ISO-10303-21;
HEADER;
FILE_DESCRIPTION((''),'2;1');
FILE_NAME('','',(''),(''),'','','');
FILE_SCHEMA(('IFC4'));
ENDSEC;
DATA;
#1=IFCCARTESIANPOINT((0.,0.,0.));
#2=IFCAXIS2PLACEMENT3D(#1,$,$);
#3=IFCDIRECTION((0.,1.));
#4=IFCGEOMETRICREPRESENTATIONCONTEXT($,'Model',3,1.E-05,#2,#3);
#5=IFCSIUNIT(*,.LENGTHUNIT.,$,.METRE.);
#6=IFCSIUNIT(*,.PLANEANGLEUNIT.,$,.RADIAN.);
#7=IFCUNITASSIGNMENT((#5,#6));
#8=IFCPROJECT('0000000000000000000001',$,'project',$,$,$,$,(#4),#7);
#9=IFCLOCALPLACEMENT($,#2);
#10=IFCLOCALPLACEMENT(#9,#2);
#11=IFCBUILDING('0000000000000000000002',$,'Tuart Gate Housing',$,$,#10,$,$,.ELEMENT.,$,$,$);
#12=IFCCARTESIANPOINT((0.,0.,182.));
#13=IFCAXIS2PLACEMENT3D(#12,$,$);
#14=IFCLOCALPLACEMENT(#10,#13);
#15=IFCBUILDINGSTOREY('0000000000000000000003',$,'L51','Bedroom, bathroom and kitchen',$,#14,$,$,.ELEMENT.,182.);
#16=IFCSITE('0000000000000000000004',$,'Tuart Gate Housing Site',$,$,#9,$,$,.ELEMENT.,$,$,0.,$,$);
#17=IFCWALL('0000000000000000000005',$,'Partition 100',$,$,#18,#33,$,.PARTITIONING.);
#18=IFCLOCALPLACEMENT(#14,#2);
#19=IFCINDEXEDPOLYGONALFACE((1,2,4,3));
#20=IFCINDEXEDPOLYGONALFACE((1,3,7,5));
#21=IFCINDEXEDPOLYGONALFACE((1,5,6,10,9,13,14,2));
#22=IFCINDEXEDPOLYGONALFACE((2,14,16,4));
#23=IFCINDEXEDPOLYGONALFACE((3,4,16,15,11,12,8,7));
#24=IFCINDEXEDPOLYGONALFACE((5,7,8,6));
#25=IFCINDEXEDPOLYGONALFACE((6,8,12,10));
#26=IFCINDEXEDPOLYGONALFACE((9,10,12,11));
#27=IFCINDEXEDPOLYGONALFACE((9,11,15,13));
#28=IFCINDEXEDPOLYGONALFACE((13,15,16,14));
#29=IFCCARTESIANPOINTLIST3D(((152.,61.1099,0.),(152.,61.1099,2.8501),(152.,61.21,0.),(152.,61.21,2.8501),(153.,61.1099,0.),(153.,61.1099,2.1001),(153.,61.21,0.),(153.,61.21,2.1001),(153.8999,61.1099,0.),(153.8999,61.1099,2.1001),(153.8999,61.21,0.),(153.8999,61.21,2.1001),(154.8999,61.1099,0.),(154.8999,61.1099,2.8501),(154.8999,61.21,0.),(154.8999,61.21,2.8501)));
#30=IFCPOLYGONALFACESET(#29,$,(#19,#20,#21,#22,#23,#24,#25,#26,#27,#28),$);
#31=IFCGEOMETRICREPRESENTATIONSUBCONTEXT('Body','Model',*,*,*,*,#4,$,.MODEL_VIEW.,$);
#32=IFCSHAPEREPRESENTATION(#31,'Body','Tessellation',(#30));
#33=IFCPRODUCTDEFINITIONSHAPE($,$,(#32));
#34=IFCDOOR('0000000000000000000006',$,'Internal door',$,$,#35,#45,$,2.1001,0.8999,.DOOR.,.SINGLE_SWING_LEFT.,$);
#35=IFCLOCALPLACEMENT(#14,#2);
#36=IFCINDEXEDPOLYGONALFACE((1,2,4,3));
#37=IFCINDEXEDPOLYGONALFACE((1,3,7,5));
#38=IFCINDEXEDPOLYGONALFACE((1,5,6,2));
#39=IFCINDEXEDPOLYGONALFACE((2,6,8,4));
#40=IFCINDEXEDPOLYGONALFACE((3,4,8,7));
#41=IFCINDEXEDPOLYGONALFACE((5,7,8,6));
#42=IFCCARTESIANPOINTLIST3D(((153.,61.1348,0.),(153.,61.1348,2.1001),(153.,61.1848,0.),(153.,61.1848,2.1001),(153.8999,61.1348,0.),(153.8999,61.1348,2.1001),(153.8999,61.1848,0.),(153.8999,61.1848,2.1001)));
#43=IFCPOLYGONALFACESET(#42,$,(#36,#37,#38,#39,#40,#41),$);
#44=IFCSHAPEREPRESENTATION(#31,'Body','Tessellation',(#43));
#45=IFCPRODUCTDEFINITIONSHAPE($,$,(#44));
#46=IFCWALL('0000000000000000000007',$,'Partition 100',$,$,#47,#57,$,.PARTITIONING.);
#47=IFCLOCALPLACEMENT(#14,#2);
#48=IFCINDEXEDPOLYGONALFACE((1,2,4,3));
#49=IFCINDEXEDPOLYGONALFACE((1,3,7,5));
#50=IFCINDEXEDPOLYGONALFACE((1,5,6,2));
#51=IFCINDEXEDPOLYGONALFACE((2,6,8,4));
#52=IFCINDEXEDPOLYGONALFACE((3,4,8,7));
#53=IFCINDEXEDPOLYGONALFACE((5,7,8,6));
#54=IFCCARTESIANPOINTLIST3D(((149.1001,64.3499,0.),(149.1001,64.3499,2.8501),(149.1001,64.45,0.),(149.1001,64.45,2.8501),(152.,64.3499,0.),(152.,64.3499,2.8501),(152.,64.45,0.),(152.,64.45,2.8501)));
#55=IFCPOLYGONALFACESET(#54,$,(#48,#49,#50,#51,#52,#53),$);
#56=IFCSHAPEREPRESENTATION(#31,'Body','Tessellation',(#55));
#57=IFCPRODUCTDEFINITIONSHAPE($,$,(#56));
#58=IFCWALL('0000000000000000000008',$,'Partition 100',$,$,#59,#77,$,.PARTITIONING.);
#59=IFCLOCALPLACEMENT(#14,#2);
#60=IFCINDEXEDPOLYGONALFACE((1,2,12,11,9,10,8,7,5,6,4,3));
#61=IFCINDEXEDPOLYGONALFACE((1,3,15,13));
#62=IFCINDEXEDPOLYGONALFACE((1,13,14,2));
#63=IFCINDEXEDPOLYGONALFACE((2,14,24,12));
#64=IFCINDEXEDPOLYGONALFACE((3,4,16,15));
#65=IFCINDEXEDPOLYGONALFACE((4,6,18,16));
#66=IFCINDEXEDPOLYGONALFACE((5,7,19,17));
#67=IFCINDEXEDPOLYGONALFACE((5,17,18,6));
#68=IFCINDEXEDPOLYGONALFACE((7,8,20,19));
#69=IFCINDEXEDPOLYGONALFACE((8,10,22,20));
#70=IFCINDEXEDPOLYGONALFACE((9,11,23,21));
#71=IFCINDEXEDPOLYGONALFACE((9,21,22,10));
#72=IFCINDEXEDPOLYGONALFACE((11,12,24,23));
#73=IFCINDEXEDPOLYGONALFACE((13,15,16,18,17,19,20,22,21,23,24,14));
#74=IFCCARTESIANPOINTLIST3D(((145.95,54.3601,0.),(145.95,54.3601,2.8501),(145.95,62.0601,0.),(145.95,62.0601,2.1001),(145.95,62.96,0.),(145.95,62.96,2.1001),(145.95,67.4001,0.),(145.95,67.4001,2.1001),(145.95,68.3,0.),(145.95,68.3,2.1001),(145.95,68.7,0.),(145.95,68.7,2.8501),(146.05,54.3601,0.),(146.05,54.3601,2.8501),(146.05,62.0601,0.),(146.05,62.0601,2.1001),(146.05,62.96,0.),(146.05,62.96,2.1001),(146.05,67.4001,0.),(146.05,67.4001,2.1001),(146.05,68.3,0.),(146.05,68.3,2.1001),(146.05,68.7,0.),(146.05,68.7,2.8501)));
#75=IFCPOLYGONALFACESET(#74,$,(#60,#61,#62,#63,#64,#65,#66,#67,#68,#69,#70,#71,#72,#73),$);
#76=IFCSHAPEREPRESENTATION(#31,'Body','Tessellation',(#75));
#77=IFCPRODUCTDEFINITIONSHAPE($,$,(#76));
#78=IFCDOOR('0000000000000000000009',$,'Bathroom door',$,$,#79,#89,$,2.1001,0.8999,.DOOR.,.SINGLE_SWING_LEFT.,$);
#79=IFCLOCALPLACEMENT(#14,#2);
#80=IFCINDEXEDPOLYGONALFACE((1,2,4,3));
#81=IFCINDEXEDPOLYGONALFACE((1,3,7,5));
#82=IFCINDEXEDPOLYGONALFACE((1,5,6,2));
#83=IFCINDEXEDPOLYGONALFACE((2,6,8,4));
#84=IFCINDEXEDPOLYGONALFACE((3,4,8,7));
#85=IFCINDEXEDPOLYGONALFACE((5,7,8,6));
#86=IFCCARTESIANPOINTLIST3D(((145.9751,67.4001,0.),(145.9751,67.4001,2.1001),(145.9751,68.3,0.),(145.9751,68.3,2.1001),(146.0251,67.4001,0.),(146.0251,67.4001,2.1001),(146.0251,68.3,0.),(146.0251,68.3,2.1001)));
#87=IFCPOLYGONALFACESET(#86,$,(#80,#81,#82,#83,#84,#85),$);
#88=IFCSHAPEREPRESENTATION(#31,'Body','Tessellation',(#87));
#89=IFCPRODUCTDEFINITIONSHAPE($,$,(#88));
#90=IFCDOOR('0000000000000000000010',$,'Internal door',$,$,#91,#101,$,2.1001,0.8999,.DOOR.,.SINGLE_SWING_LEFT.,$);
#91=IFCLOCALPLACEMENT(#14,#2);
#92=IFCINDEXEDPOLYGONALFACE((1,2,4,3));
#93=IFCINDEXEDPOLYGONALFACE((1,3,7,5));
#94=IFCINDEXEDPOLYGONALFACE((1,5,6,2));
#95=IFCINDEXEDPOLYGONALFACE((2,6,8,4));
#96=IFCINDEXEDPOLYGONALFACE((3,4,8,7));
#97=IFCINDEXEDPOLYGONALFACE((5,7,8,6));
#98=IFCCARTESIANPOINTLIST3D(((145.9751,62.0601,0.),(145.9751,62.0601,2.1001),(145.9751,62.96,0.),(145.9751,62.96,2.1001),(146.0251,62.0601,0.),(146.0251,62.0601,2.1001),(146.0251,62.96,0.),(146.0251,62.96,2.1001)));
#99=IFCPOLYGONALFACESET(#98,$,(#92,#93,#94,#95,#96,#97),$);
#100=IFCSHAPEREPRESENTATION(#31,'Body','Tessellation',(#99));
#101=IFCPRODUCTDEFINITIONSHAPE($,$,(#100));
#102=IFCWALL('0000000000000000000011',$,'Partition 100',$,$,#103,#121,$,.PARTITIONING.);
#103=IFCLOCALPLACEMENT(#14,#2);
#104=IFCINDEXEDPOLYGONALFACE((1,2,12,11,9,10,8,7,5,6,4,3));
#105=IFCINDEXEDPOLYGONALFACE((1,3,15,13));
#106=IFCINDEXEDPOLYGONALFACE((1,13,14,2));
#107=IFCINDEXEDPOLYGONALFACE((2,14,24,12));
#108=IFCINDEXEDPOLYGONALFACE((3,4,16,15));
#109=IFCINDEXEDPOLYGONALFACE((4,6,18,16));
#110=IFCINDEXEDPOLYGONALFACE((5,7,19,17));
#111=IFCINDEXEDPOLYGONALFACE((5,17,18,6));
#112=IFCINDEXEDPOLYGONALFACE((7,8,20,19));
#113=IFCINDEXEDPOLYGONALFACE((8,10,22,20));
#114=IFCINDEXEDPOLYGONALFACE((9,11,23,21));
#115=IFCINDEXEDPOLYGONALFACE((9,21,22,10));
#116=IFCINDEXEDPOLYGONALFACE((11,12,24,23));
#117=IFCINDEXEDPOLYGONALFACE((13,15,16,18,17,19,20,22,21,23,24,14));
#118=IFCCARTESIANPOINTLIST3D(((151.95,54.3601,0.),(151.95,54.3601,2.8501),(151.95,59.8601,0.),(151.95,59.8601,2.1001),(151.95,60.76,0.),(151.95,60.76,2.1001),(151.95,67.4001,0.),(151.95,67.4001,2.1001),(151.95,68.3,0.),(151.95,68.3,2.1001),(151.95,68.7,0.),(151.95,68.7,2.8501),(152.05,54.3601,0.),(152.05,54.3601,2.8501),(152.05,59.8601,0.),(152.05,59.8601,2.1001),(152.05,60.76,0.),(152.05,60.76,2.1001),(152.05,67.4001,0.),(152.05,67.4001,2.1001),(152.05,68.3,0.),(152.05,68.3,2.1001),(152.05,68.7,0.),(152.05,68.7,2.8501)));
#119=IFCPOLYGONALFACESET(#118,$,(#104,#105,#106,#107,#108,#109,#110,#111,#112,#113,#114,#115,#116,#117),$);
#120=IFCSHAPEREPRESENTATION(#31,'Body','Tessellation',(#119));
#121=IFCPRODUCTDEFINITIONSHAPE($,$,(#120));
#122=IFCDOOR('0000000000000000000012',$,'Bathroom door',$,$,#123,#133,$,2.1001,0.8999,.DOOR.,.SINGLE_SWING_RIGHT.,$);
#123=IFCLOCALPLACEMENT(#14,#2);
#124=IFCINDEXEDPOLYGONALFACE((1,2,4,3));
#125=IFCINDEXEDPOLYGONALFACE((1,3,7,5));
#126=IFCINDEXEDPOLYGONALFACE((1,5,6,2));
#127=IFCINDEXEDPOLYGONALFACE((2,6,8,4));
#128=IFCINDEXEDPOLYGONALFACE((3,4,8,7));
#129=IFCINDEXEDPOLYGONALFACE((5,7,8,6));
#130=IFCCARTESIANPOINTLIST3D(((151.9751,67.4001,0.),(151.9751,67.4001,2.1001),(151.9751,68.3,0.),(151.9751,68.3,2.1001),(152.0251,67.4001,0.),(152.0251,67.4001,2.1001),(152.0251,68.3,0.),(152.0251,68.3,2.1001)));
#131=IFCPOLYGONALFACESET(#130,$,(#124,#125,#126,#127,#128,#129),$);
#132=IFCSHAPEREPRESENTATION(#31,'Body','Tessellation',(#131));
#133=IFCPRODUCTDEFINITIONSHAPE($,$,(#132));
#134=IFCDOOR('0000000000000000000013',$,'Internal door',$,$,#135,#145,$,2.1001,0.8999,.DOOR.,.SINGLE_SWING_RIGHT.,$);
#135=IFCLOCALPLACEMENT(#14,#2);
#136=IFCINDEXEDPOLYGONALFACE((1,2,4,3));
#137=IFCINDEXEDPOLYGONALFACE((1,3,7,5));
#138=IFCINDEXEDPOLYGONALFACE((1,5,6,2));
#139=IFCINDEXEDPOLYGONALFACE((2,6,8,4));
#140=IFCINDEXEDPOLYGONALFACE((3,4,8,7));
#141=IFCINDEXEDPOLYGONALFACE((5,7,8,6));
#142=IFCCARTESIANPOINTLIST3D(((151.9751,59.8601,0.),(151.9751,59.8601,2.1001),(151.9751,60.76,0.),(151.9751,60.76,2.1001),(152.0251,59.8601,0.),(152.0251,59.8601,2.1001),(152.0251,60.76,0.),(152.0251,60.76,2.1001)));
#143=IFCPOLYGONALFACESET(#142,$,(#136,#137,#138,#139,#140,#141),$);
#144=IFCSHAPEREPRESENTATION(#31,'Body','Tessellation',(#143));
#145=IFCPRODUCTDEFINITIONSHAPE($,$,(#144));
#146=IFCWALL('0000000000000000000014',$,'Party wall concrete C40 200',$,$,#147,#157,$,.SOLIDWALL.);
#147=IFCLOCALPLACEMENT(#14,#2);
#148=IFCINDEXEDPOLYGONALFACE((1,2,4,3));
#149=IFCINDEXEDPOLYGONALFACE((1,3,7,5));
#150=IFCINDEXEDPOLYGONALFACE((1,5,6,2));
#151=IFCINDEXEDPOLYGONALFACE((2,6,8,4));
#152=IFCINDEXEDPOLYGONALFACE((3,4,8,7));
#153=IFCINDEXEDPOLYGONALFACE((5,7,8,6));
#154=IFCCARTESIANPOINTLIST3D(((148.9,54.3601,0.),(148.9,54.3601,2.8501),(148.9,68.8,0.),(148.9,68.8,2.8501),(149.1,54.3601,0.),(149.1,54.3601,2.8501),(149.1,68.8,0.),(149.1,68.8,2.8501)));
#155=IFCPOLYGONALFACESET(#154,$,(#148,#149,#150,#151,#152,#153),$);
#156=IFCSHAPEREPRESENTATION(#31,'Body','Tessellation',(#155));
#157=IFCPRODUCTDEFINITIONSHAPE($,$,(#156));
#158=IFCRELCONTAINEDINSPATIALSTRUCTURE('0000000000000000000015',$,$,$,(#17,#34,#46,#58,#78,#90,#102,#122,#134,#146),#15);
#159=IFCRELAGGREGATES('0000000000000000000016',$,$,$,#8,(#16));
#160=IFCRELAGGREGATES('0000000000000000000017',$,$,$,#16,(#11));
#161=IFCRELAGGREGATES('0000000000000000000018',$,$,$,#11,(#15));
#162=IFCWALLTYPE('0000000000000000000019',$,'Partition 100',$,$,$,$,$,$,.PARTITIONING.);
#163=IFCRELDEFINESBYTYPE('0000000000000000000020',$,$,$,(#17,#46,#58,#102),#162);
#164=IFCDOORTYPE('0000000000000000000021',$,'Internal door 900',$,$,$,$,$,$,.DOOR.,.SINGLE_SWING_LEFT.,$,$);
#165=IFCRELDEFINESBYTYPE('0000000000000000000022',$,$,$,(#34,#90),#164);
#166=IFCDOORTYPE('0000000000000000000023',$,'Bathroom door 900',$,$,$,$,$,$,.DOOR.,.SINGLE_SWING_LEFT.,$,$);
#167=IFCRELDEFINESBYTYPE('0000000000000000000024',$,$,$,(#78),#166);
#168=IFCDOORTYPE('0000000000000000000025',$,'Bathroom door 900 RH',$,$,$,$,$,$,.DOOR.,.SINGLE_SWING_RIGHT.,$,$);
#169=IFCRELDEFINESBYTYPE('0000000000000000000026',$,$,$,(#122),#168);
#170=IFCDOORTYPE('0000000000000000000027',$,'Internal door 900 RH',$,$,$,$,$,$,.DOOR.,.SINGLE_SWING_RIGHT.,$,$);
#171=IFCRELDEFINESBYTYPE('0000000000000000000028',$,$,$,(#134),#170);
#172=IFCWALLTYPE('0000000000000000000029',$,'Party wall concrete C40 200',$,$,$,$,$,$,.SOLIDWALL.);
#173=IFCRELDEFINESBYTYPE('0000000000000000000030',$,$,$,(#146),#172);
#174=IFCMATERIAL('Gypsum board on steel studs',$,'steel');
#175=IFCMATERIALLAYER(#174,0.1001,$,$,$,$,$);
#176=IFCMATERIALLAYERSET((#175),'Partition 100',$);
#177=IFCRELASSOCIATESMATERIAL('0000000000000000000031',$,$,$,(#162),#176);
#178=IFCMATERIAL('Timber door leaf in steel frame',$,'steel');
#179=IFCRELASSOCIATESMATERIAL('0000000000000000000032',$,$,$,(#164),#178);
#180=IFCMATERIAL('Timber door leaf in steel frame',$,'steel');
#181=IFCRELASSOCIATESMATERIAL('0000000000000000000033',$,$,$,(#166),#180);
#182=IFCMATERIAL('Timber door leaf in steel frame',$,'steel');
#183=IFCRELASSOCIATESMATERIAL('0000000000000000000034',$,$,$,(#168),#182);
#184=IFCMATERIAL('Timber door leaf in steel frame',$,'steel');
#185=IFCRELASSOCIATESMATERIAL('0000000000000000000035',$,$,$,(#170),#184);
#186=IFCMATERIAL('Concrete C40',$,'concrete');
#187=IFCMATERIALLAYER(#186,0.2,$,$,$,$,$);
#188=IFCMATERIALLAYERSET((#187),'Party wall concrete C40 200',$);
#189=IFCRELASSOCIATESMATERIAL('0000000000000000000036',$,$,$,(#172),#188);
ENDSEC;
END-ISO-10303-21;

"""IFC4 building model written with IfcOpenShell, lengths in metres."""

from ifc_helpers import new_model, si_unit, direction, frame, frame_2d, origin, place, context, subcontext, project, spatial, rectangle, extrude, material, layer, layer_set, type_object, element, fill, save


model = new_model("IFC4")

# Units and contexts
model_context = context("Model", 3, precision=1e-05, world=origin(), true_north=direction((0.0, 1.0)))
body_context = subcontext(model_context, "Body", "Model", "MODEL_VIEW")
ifc_project = project(units=[si_unit("LENGTHUNIT", "METRE"), si_unit("PLANEANGLEUNIT", "RADIAN")], contexts=[model_context])

# Site, building, storey
site_placement = place(None, origin())
site = spatial("IfcSite", under=ifc_project, at=site_placement, Name="Tuart Gate Housing Site", CompositionType="ELEMENT", RefElevation=0.0)
building_placement = place(site_placement, origin())
building = spatial("IfcBuilding", under=site, at=building_placement, Name="Tuart Gate Housing", CompositionType="ELEMENT")
storey_placement = place(building_placement, frame((0.0, 0.0, 182.0)))
storey = spatial("IfcBuildingStorey", under=building, at=storey_placement, Name="L51", Description="Bedroom, bathroom and kitchen", CompositionType="ELEMENT", Elevation=182.0)

# Shared definitions
ifc_material_1 = material(Name="Gypsum board on steel studs", Category="steel")
ifc_layer_1 = layer(ifc_material_1, 0.1001)
ifc_layer_set_1 = layer_set([ifc_layer_1], Name="Partition 100")
wall_type_1 = type_object("IfcWallType", Name="Partition 100", PredefinedType="PARTITIONING", material=ifc_layer_set_1)

# Wall, opening, door
wall_1_placement = place(storey_placement, frame((152.0, 61.1599, 0.0), z_axis=(0.0, 0.0, 1.0), x_axis=(1.0, 0.0, 0.0)))
wall_1 = element("IfcWall", 1, at=wall_1_placement, inside=storey, type_object=wall_type_1, Name="Partition 100", PredefinedType="PARTITIONING", context=body_context, shape_type="SweptSolid", body=[
    extrude(rectangle(XDim=2.8999, YDim=0.1001, at=frame_2d((1.45, 0.0))), origin(), (0.0, 0.0, 1.0), 2.8501),
])
opening_1_placement = place(wall_1_placement, frame((1.0, 0.0, 0.0)))
opening_1 = element("IfcOpeningElement", 2, at=opening_1_placement, cuts=wall_1, PredefinedType="OPENING", context=body_context, shape_type="SweptSolid", body=[
    extrude(rectangle(XDim=0.8999, YDim=2.1001, at=frame_2d((0.45, 1.05))), frame((0.0, 0.0601, 0.0), z_axis=(0.0, -1.0, 0.0), x_axis=(1.0, 0.0, 0.0)), (0.0, 0.0, 1.0), 0.1201),
])
ifc_material_2 = material(Name="Timber door leaf in steel frame", Category="steel")
door_type_1 = type_object("IfcDoorType", Name="Internal door 900", OperationType="SINGLE_SWING_LEFT", PredefinedType="DOOR", material=ifc_material_2)
door_1_placement = place(opening_1_placement, origin())
door_1 = element("IfcDoor", 3, at=door_1_placement, inside=storey, type_object=door_type_1, Name="Internal door", OperationType="SINGLE_SWING_LEFT", OverallHeight=2.1001, OverallWidth=0.8999, PredefinedType="DOOR", context=body_context, shape_type="SweptSolid", body=[
    extrude(rectangle(XDim=0.8999, YDim=2.1001, at=frame_2d((0.45, 1.05))), frame((0.0, 0.0249, 0.0), z_axis=(0.0, -1.0, 0.0), x_axis=(1.0, 0.0, 0.0)), (0.0, 0.0, 1.0), 0.05),
])
fill(opening_1, door_1)

# Wall
wall_2_placement = place(storey_placement, frame((149.1001, 64.3999, 0.0), z_axis=(0.0, 0.0, 1.0), x_axis=(1.0, 0.0, 0.0)))
element("IfcWall", 4, at=wall_2_placement, inside=storey, type_object=wall_type_1, Name="Partition 100", PredefinedType="PARTITIONING", context=body_context, shape_type="SweptSolid", body=[
    extrude(rectangle(XDim=2.8999, YDim=0.1001, at=frame_2d((1.45, 0.0))), origin(), (0.0, 0.0, 1.0), 2.8501),
])

# Walls, openings, doors
wall_3_placement = place(storey_placement, frame((146.0, 54.3601, 0.0), z_axis=(0.0, 0.0, 1.0), x_axis=(0.0, 1.0, 0.0)))
wall_3 = element("IfcWall", 5, at=wall_3_placement, inside=storey, type_object=wall_type_1, Name="Partition 100", PredefinedType="PARTITIONING", context=body_context, shape_type="SweptSolid", body=[
    extrude(rectangle(XDim=14.3398, YDim=0.1001, at=frame_2d((7.1699, 0.0))), origin(), (0.0, 0.0, 1.0), 2.8501),
])
opening_2_placement = place(wall_3_placement, frame((7.7, 0.0, 0.0)))
opening_2 = element("IfcOpeningElement", 6, at=opening_2_placement, cuts=wall_3, PredefinedType="OPENING", context=body_context, shape_type="SweptSolid", body=[
    extrude(rectangle(XDim=0.8999, YDim=2.1001, at=frame_2d((0.45, 1.05))), frame((0.0, 0.0601, 0.0), z_axis=(0.0, -1.0, 0.0), x_axis=(1.0, 0.0, 0.0)), (0.0, 0.0, 1.0), 0.1201),
])
opening_3_placement = place(wall_3_placement, frame((13.04, 0.0, 0.0)))
opening_3 = element("IfcOpeningElement", 7, at=opening_3_placement, cuts=wall_3, PredefinedType="OPENING", context=body_context, shape_type="SweptSolid", body=[
    extrude(rectangle(XDim=0.8999, YDim=2.1001, at=frame_2d((0.45, 1.05))), frame((0.0, 0.0601, 0.0), z_axis=(0.0, -1.0, 0.0), x_axis=(1.0, 0.0, 0.0)), (0.0, 0.0, 1.0), 0.1201),
])
ifc_material_3 = material(Name="Timber door leaf in steel frame", Category="steel")
door_type_2 = type_object("IfcDoorType", Name="Bathroom door 900", OperationType="SINGLE_SWING_LEFT", PredefinedType="DOOR", material=ifc_material_3)
door_2_placement = place(opening_3_placement, frame((0.8999, 0.0, 0.0), z_axis=(0.0, 0.0, 1.0), x_axis=(-1.0, 0.0, 0.0)))
door_2 = element("IfcDoor", 8, at=door_2_placement, inside=storey, type_object=door_type_2, Name="Bathroom door", OperationType="SINGLE_SWING_LEFT", OverallHeight=2.1001, OverallWidth=0.8999, PredefinedType="DOOR", context=body_context, shape_type="SweptSolid", body=[
    extrude(rectangle(XDim=0.8999, YDim=2.1001, at=frame_2d((0.45, 1.05))), frame((0.0, 0.0251, 0.0), z_axis=(0.0, -1.0, 0.0), x_axis=(1.0, 0.0, 0.0)), (0.0, 0.0, 1.0), 0.05),
])
fill(opening_3, door_2)
door_3_placement = place(opening_2_placement, frame((0.8999, 0.0, 0.0), z_axis=(0.0, 0.0, 1.0), x_axis=(-1.0, 0.0, 0.0)))
door_3 = element("IfcDoor", 9, at=door_3_placement, inside=storey, type_object=door_type_1, Name="Internal door", OperationType="SINGLE_SWING_LEFT", OverallHeight=2.1001, OverallWidth=0.8999, PredefinedType="DOOR", context=body_context, shape_type="SweptSolid", body=[
    extrude(rectangle(XDim=0.8999, YDim=2.1001, at=frame_2d((0.45, 1.05))), frame((0.0, 0.0251, 0.0), z_axis=(0.0, -1.0, 0.0), x_axis=(1.0, 0.0, 0.0)), (0.0, 0.0, 1.0), 0.05),
])
fill(opening_2, door_3)
wall_4_placement = place(storey_placement, frame((152.0, 54.3601, 0.0), z_axis=(0.0, 0.0, 1.0), x_axis=(0.0, 1.0, 0.0)))
wall_4 = element("IfcWall", 10, at=wall_4_placement, inside=storey, type_object=wall_type_1, Name="Partition 100", PredefinedType="PARTITIONING", context=body_context, shape_type="SweptSolid", body=[
    extrude(rectangle(XDim=14.3398, YDim=0.1001, at=frame_2d((7.1699, 0.0))), origin(), (0.0, 0.0, 1.0), 2.8501),
])
opening_4_placement = place(wall_4_placement, frame((5.5, 0.0, 0.0)))
opening_4 = element("IfcOpeningElement", 11, at=opening_4_placement, cuts=wall_4, PredefinedType="OPENING", context=body_context, shape_type="SweptSolid", body=[
    extrude(rectangle(XDim=0.8999, YDim=2.1001, at=frame_2d((0.45, 1.05))), frame((0.0, 0.0601, 0.0), z_axis=(0.0, -1.0, 0.0), x_axis=(1.0, 0.0, 0.0)), (0.0, 0.0, 1.0), 0.1201),
])
opening_5_placement = place(wall_4_placement, frame((13.04, 0.0, 0.0)))
opening_5 = element("IfcOpeningElement", 12, at=opening_5_placement, cuts=wall_4, PredefinedType="OPENING", context=body_context, shape_type="SweptSolid", body=[
    extrude(rectangle(XDim=0.8999, YDim=2.1001, at=frame_2d((0.45, 1.05))), frame((0.0, 0.0601, 0.0), z_axis=(0.0, -1.0, 0.0), x_axis=(1.0, 0.0, 0.0)), (0.0, 0.0, 1.0), 0.1201),
])
ifc_material_4 = material(Name="Timber door leaf in steel frame", Category="steel")
door_type_3 = type_object("IfcDoorType", Name="Bathroom door 900 RH", OperationType="SINGLE_SWING_RIGHT", PredefinedType="DOOR", material=ifc_material_4)
door_4_placement = place(opening_5_placement, origin())
door_4 = element("IfcDoor", 13, at=door_4_placement, inside=storey, type_object=door_type_3, Name="Bathroom door", OperationType="SINGLE_SWING_RIGHT", OverallHeight=2.1001, OverallWidth=0.8999, PredefinedType="DOOR", context=body_context, shape_type="SweptSolid", body=[
    extrude(rectangle(XDim=0.8999, YDim=2.1001, at=frame_2d((0.45, 1.05))), frame((0.0, 0.0249, 0.0), z_axis=(0.0, -1.0, 0.0), x_axis=(1.0, 0.0, 0.0)), (0.0, 0.0, 1.0), 0.05),
])
fill(opening_5, door_4)
ifc_material_5 = material(Name="Timber door leaf in steel frame", Category="steel")
door_type_4 = type_object("IfcDoorType", Name="Internal door 900 RH", OperationType="SINGLE_SWING_RIGHT", PredefinedType="DOOR", material=ifc_material_5)
door_5_placement = place(opening_4_placement, origin())
door_5 = element("IfcDoor", 14, at=door_5_placement, inside=storey, type_object=door_type_4, Name="Internal door", OperationType="SINGLE_SWING_RIGHT", OverallHeight=2.1001, OverallWidth=0.8999, PredefinedType="DOOR", context=body_context, shape_type="SweptSolid", body=[
    extrude(rectangle(XDim=0.8999, YDim=2.1001, at=frame_2d((0.45, 1.05))), frame((0.0, 0.0249, 0.0), z_axis=(0.0, -1.0, 0.0), x_axis=(1.0, 0.0, 0.0)), (0.0, 0.0, 1.0), 0.05),
])
fill(opening_4, door_5)

# Wall
ifc_material_6 = material(Name="Concrete C40", Category="concrete")
ifc_layer_2 = layer(ifc_material_6, 0.2)
ifc_layer_set_2 = layer_set([ifc_layer_2], Name="Party wall concrete C40 200")
wall_type_2 = type_object("IfcWallType", Name="Party wall concrete C40 200", PredefinedType="SOLIDWALL", material=ifc_layer_set_2)
wall_5_placement = place(storey_placement, frame((149.0, 54.3601, 0.0), z_axis=(0.0, 0.0, 1.0), x_axis=(0.0, 1.0, 0.0)))
element("IfcWall", 15, at=wall_5_placement, inside=storey, type_object=wall_type_2, Name="Party wall concrete C40 200", PredefinedType="SOLIDWALL", context=body_context, shape_type="SweptSolid", body=[
    extrude(rectangle(XDim=14.4399, YDim=0.2, at=frame_2d((7.22, 0.0))), origin(), (0.0, 0.0, 1.0), 2.8501),
])

save(model, "model.ifc")
